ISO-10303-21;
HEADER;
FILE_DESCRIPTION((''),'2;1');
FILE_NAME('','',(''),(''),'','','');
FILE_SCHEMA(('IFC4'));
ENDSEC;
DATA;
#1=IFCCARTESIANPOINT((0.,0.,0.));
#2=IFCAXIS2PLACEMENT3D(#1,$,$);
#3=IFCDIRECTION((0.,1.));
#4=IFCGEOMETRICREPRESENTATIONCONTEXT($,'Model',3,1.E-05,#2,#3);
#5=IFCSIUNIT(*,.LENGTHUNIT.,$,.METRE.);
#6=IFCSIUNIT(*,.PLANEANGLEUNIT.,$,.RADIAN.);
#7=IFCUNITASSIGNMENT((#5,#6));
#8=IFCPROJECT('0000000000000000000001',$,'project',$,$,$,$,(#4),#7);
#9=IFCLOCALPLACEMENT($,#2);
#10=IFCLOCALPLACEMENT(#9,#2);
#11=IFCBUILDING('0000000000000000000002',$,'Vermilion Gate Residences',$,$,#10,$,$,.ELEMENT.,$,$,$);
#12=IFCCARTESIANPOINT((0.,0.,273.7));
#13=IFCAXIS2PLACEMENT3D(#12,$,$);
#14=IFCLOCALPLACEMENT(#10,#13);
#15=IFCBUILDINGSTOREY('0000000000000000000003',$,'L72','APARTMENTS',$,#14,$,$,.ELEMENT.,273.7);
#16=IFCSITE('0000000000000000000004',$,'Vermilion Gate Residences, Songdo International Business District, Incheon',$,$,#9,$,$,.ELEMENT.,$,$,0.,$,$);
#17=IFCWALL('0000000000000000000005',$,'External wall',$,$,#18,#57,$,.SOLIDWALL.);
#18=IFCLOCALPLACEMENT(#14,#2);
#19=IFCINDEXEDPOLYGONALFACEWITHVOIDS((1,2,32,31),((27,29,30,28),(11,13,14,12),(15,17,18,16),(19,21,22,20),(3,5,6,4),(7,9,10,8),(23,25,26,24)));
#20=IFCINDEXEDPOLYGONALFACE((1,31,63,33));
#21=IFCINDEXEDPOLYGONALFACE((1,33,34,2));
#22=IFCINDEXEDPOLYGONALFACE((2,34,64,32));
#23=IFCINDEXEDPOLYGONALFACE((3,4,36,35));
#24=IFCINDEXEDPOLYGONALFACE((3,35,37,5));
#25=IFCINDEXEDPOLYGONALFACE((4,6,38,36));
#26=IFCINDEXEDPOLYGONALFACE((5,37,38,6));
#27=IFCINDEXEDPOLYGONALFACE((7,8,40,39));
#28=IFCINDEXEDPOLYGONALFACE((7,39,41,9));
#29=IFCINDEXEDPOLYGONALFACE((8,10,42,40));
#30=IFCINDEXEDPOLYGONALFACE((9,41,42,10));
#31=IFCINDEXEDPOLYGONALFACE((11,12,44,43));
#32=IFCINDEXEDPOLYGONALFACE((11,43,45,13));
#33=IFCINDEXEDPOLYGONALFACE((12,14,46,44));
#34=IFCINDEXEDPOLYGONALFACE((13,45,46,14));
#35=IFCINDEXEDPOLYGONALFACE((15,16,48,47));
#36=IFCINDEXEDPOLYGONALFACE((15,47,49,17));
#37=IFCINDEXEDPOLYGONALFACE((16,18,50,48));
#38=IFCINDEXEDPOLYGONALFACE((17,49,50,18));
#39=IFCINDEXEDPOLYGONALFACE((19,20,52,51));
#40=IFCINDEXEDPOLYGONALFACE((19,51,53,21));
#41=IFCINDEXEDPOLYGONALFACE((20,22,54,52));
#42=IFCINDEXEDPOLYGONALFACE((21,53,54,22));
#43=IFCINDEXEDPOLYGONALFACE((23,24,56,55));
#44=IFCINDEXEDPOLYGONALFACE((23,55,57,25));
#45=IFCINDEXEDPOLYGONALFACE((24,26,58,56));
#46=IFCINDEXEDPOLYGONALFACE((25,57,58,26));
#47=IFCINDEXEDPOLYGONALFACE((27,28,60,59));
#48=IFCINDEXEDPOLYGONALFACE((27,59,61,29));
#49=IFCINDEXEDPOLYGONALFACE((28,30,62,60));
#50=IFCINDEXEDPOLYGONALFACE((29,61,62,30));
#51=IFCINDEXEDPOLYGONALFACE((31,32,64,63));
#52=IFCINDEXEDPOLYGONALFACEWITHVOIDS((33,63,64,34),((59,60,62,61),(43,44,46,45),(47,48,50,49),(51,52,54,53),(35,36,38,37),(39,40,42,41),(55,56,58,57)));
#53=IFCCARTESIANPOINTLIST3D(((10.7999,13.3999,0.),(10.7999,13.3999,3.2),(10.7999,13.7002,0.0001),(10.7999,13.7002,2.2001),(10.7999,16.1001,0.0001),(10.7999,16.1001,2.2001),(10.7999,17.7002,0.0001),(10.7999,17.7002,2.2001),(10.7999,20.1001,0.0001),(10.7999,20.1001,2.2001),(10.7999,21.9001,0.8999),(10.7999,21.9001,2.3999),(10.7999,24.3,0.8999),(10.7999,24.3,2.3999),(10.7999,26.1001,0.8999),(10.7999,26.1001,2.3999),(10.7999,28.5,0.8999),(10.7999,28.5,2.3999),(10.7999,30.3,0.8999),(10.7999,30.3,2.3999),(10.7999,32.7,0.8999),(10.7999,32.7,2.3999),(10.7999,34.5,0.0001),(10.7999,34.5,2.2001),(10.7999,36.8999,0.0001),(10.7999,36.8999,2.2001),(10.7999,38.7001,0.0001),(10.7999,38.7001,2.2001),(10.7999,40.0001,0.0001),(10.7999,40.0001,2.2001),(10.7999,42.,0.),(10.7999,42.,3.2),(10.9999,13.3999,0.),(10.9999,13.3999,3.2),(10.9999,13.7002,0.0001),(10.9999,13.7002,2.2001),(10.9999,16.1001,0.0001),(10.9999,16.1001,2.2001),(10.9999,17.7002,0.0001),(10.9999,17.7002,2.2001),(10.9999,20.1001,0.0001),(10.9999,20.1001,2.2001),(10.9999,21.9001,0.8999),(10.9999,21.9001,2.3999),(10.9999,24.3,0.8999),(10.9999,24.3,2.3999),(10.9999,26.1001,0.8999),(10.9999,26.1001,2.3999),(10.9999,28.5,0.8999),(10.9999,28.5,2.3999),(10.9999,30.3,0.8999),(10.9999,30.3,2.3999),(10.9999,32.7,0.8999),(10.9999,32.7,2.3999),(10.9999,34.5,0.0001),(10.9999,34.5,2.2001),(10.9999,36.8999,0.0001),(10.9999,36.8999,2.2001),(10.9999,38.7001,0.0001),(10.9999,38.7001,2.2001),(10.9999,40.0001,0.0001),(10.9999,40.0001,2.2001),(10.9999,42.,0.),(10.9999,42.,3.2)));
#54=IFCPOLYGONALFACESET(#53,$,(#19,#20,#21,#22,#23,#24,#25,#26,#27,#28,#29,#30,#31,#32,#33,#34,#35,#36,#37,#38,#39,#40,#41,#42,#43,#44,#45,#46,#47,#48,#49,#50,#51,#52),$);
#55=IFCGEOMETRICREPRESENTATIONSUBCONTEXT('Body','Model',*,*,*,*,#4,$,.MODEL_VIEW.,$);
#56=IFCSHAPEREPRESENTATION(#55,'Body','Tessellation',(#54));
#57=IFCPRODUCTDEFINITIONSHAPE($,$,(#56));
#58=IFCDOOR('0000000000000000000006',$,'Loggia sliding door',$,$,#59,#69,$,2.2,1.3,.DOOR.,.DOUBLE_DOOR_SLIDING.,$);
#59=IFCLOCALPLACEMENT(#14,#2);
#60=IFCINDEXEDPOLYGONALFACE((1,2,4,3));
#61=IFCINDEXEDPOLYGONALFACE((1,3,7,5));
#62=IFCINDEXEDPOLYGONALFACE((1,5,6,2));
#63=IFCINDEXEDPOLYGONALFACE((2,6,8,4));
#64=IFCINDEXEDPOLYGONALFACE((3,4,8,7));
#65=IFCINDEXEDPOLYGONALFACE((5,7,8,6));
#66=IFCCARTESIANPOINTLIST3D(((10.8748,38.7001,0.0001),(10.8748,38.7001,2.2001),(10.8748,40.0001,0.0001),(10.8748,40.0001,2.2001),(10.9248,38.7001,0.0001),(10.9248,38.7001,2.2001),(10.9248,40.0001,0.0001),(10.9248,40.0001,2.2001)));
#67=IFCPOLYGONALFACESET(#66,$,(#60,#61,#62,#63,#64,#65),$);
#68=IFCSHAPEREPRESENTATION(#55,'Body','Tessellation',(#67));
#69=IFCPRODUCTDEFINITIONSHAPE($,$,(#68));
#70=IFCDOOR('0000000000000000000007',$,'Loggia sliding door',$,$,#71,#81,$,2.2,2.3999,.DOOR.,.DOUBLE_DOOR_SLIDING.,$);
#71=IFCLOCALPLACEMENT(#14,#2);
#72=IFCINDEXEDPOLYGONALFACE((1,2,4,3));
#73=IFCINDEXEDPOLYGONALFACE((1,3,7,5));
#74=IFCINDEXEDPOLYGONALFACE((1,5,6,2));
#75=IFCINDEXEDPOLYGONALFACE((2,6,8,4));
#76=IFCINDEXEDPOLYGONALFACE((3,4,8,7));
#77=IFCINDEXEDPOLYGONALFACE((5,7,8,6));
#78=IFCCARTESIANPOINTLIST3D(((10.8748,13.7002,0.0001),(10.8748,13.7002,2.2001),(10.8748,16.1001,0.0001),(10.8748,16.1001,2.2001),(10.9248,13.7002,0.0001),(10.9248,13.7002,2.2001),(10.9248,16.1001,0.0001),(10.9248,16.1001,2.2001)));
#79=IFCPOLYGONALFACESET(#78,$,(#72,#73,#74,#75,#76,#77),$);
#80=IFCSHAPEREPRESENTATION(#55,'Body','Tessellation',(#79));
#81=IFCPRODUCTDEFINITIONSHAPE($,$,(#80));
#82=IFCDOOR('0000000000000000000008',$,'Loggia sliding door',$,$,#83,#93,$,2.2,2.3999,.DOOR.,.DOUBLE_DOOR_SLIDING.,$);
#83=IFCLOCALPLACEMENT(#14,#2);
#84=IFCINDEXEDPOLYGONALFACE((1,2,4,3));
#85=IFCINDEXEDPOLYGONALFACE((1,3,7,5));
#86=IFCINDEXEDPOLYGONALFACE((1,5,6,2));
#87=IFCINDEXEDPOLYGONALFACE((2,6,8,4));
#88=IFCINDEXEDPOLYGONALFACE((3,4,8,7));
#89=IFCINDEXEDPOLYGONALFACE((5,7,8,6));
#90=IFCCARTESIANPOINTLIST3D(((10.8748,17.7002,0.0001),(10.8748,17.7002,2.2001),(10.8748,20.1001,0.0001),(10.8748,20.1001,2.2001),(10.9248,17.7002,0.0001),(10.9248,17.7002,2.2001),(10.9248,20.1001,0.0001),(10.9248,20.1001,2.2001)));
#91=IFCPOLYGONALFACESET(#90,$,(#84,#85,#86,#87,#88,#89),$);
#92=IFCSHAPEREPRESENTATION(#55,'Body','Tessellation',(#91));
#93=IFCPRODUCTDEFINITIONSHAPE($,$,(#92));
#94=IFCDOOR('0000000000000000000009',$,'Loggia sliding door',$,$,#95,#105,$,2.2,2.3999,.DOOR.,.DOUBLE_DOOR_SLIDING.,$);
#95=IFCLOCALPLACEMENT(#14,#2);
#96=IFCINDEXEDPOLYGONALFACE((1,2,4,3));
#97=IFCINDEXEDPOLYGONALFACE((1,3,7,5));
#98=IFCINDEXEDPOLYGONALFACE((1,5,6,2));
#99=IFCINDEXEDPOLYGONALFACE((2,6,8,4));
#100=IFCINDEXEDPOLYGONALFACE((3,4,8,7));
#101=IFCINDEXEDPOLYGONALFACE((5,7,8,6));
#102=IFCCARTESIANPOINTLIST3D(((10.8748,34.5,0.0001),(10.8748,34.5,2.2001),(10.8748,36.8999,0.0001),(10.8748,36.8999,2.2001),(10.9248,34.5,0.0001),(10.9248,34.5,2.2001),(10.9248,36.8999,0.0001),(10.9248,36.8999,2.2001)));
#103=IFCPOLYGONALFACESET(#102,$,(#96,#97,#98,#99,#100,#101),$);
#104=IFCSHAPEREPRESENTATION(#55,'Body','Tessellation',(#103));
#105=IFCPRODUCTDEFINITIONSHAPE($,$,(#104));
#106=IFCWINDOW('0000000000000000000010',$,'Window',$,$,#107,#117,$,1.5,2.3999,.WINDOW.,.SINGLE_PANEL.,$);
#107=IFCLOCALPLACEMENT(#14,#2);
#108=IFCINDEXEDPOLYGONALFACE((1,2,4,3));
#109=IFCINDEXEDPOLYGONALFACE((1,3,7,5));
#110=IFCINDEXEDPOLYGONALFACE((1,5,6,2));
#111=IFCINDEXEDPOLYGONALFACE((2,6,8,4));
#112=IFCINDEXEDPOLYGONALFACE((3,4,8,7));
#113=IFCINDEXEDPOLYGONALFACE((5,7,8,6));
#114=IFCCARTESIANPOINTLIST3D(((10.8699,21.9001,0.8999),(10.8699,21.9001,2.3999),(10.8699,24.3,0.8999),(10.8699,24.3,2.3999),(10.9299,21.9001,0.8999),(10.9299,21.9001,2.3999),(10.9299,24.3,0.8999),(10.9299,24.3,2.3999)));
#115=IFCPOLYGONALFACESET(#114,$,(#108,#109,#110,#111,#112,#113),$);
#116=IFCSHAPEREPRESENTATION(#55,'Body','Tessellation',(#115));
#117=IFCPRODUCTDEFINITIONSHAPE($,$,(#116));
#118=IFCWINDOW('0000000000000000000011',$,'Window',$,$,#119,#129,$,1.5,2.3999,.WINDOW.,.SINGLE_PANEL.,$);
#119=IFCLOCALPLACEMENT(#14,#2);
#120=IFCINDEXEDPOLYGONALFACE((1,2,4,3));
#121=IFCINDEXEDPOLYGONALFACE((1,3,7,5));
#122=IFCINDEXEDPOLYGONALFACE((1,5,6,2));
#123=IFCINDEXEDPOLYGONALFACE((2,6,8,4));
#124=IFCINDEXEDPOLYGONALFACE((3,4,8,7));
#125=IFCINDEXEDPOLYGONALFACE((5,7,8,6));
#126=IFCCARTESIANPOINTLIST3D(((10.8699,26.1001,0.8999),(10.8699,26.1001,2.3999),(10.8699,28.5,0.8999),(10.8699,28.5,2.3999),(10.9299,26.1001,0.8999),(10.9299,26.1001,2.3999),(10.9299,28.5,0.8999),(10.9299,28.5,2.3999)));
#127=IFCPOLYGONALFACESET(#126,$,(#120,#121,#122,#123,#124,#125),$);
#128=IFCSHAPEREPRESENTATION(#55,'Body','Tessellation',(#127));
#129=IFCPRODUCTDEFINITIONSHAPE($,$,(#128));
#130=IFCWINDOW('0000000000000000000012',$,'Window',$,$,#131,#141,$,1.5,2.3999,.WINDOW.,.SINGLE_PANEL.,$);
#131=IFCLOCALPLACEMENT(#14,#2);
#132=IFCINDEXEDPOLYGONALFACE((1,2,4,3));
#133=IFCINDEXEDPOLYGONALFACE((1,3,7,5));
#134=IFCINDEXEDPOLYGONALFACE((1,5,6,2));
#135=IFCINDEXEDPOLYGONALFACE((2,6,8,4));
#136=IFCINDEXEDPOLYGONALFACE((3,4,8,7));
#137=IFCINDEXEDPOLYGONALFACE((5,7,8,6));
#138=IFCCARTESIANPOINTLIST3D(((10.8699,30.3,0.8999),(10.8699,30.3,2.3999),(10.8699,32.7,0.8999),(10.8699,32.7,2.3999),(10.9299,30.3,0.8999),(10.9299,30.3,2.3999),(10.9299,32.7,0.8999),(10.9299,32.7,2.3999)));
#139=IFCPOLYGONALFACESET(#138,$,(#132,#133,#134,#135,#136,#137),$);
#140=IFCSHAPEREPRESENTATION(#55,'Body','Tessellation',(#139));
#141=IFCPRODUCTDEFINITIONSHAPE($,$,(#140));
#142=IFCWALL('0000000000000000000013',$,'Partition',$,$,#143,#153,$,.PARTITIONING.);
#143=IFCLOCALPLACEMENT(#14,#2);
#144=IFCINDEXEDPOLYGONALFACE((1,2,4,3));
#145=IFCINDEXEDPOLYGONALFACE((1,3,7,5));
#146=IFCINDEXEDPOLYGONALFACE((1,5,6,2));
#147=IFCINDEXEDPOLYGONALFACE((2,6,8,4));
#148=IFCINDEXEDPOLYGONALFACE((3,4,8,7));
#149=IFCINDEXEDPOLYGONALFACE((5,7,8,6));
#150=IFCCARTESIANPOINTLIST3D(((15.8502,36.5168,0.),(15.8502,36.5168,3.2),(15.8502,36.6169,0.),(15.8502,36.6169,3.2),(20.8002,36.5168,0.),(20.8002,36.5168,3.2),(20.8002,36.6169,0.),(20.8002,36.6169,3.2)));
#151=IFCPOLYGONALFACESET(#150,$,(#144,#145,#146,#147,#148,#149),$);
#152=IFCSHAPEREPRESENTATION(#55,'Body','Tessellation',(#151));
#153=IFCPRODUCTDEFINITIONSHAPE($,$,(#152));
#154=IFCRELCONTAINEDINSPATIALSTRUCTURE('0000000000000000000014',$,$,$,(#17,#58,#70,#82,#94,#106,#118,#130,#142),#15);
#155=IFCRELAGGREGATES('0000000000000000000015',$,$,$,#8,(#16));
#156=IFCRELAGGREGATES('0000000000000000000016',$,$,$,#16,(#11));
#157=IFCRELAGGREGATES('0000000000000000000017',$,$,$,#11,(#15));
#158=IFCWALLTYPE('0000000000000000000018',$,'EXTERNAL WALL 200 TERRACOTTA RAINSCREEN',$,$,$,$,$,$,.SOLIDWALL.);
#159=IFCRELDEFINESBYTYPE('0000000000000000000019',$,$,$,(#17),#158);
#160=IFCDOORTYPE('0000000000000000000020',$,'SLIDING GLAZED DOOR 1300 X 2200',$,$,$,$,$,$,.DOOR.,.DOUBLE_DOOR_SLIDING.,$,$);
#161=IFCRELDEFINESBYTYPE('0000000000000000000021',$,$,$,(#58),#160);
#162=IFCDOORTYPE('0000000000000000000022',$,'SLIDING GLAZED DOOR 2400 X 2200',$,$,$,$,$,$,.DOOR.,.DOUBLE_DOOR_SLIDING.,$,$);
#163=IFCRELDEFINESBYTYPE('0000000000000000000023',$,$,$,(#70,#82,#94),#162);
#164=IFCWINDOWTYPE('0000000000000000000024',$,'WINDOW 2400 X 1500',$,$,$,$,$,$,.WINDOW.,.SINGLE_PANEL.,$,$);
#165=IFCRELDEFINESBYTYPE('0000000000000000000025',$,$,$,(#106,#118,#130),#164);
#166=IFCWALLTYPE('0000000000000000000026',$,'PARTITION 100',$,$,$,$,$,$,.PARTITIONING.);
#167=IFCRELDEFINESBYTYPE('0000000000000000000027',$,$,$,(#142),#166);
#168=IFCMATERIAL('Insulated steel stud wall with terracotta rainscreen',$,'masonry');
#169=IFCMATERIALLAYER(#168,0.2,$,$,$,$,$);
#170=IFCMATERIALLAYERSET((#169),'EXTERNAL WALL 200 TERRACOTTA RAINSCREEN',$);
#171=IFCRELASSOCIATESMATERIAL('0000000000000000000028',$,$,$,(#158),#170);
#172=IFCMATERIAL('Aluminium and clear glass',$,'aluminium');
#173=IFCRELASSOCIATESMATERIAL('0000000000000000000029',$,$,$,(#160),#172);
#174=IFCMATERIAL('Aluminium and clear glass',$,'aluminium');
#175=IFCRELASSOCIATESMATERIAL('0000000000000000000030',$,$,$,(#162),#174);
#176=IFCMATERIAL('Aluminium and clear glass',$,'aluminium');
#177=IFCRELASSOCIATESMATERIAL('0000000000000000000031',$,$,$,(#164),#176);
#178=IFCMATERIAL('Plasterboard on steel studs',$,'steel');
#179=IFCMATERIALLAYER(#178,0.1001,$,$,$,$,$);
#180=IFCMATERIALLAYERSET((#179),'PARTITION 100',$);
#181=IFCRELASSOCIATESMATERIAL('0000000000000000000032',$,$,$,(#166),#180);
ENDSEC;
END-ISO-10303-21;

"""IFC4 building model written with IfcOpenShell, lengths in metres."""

from ifc_helpers import new_model, si_unit, direction, frame, frame_2d, origin, place, context, subcontext, project, spatial, rectangle, extrude, material, layer, layer_set, type_object, element, fill, save


model = new_model("IFC4")

# Units and contexts
model_context = context("Model", 3, precision=1e-05, world=origin(), true_north=direction((0.0, 1.0)))
body_context = subcontext(model_context, "Body", "Model", "MODEL_VIEW")
ifc_project = project(units=[si_unit("LENGTHUNIT", "METRE"), si_unit("PLANEANGLEUNIT", "RADIAN")], contexts=[model_context])

# Site, building, storey
site_placement = place(None, origin())
site = spatial("IfcSite", under=ifc_project, at=site_placement, Name="Vermilion Gate Residences, Songdo International Business District, Incheon", CompositionType="ELEMENT", RefElevation=0.0)
building_placement = place(site_placement, origin())
building = spatial("IfcBuilding", under=site, at=building_placement, Name="Vermilion Gate Residences", CompositionType="ELEMENT")
storey_placement = place(building_placement, frame((0.0, 0.0, 273.7)))
storey = spatial("IfcBuildingStorey", under=building, at=storey_placement, Name="L72", Description="APARTMENTS", CompositionType="ELEMENT", Elevation=273.7)

# Wall, openings, doors, windows
ifc_material_1 = material(Name="Insulated steel stud wall with terracotta rainscreen", Category="masonry")
ifc_layer_1 = layer(ifc_material_1, 0.2)
ifc_layer_set_1 = layer_set([ifc_layer_1], Name="EXTERNAL WALL 200 TERRACOTTA RAINSCREEN")
wall_type_1 = type_object("IfcWallType", Name="EXTERNAL WALL 200 TERRACOTTA RAINSCREEN", PredefinedType="SOLIDWALL", material=ifc_layer_set_1)
wall_1_placement = place(storey_placement, frame((10.8999, 42.0, 0.0), z_axis=(0.0, 0.0, 1.0), x_axis=(0.0, -1.0, 0.0)))
wall_1 = element("IfcWall", 1, at=wall_1_placement, inside=storey, type_object=wall_type_1, Name="External wall", PredefinedType="SOLIDWALL", context=body_context, shape_type="SweptSolid", body=[
    extrude(rectangle(XDim=28.6001, YDim=0.2, at=frame_2d((14.3, 0.0))), origin(), (0.0, 0.0, 1.0), 3.2),
])
opening_1_placement = place(wall_1_placement, frame((25.8999, 0.0, 0.0)))
opening_1 = element("IfcOpeningElement", 2, at=opening_1_placement, cuts=wall_1, PredefinedType="OPENING", context=body_context, shape_type="SweptSolid", body=[
    extrude(rectangle(XDim=2.3999, YDim=2.2, at=frame_2d((1.2, 1.1001))), frame((0.0, 0.1099, 0.0), z_axis=(0.0, -1.0, 0.0), x_axis=(1.0, 0.0, 0.0)), (0.0, 0.0, 1.0), 0.22),
])
opening_2_placement = place(wall_1_placement, frame((21.8999, 0.0, 0.0)))
opening_2 = element("IfcOpeningElement", 3, at=opening_2_placement, cuts=wall_1, PredefinedType="OPENING", context=body_context, shape_type="SweptSolid", body=[
    extrude(rectangle(XDim=2.3999, YDim=2.2, at=frame_2d((1.2, 1.1001))), frame((0.0, 0.1099, 0.0), z_axis=(0.0, -1.0, 0.0), x_axis=(1.0, 0.0, 0.0)), (0.0, 0.0, 1.0), 0.22),
])
opening_3_placement = place(wall_1_placement, frame((17.7, 0.0, 0.8999)))
opening_3 = element("IfcOpeningElement", 4, at=opening_3_placement, cuts=wall_1, PredefinedType="OPENING", context=body_context, shape_type="SweptSolid", body=[
    extrude(rectangle(XDim=2.3999, YDim=1.5, at=frame_2d((1.2, 0.75))), frame((0.0, 0.1099, 0.0), z_axis=(0.0, -1.0, 0.0), x_axis=(1.0, 0.0, 0.0)), (0.0, 0.0, 1.0), 0.22),
])
opening_4_placement = place(wall_1_placement, frame((13.5, 0.0, 0.8999)))
opening_4 = element("IfcOpeningElement", 5, at=opening_4_placement, cuts=wall_1, PredefinedType="OPENING", context=body_context, shape_type="SweptSolid", body=[
    extrude(rectangle(XDim=2.3999, YDim=1.5, at=frame_2d((1.2, 0.75))), frame((0.0, 0.1099, 0.0), z_axis=(0.0, -1.0, 0.0), x_axis=(1.0, 0.0, 0.0)), (0.0, 0.0, 1.0), 0.22),
])
opening_5_placement = place(wall_1_placement, frame((9.3, 0.0, 0.8999)))
opening_5 = element("IfcOpeningElement", 6, at=opening_5_placement, cuts=wall_1, PredefinedType="OPENING", context=body_context, shape_type="SweptSolid", body=[
    extrude(rectangle(XDim=2.3999, YDim=1.5, at=frame_2d((1.2, 0.75))), frame((0.0, 0.1099, 0.0), z_axis=(0.0, -1.0, 0.0), x_axis=(1.0, 0.0, 0.0)), (0.0, 0.0, 1.0), 0.22),
])
opening_6_placement = place(wall_1_placement, frame((5.1001, 0.0, 0.0)))
opening_6 = element("IfcOpeningElement", 7, at=opening_6_placement, cuts=wall_1, PredefinedType="OPENING", context=body_context, shape_type="SweptSolid", body=[
    extrude(rectangle(XDim=2.3999, YDim=2.2, at=frame_2d((1.2, 1.1001))), frame((0.0, 0.1099, 0.0), z_axis=(0.0, -1.0, 0.0), x_axis=(1.0, 0.0, 0.0)), (0.0, 0.0, 1.0), 0.22),
])
opening_7_placement = place(wall_1_placement, frame((2.0, 0.0, 0.0)))
opening_7 = element("IfcOpeningElement", 8, at=opening_7_placement, cuts=wall_1, PredefinedType="OPENING", context=body_context, shape_type="SweptSolid", body=[
    extrude(rectangle(XDim=1.3, YDim=2.2, at=frame_2d((0.6499, 1.1001))), frame((0.0, 0.1099, 0.0), z_axis=(0.0, -1.0, 0.0), x_axis=(1.0, 0.0, 0.0)), (0.0, 0.0, 1.0), 0.22),
])
ifc_material_2 = material(Name="Aluminium and clear glass", Category="aluminium")
door_type_1 = type_object("IfcDoorType", Name="SLIDING GLAZED DOOR 1300 X 2200", OperationType="DOUBLE_DOOR_SLIDING", PredefinedType="DOOR", material=ifc_material_2)
door_1_placement = place(opening_7_placement, origin())
door_1 = element("IfcDoor", 9, at=door_1_placement, inside=storey, type_object=door_type_1, Name="Loggia sliding door", OperationType="DOUBLE_DOOR_SLIDING", OverallHeight=2.2, OverallWidth=1.3, PredefinedType="DOOR", context=body_context, shape_type="SweptSolid", body=[
    extrude(rectangle(XDim=1.3, YDim=2.2, at=frame_2d((0.6499, 1.1001))), frame((0.0, 0.0249, 0.0), z_axis=(0.0, -1.0, 0.0), x_axis=(1.0, 0.0, 0.0)), (0.0, 0.0, 1.0), 0.05),
])
fill(opening_7, door_1)
ifc_material_3 = material(Name="Aluminium and clear glass", Category="aluminium")
door_type_2 = type_object("IfcDoorType", Name="SLIDING GLAZED DOOR 2400 X 2200", OperationType="DOUBLE_DOOR_SLIDING", PredefinedType="DOOR", material=ifc_material_3)
door_2_placement = place(opening_1_placement, origin())
door_2 = element("IfcDoor", 10, at=door_2_placement, inside=storey, type_object=door_type_2, Name="Loggia sliding door", OperationType="DOUBLE_DOOR_SLIDING", OverallHeight=2.2, OverallWidth=2.3999, PredefinedType="DOOR", context=body_context, shape_type="SweptSolid", body=[
    extrude(rectangle(XDim=2.3999, YDim=2.2, at=frame_2d((1.2, 1.1001))), frame((0.0, 0.0249, 0.0), z_axis=(0.0, -1.0, 0.0), x_axis=(1.0, 0.0, 0.0)), (0.0, 0.0, 1.0), 0.05),
])
fill(opening_1, door_2)
door_3_placement = place(opening_2_placement, origin())
door_3 = element("IfcDoor", 11, at=door_3_placement, inside=storey, type_object=door_type_2, Name="Loggia sliding door", OperationType="DOUBLE_DOOR_SLIDING", OverallHeight=2.2, OverallWidth=2.3999, PredefinedType="DOOR", context=body_context, shape_type="SweptSolid", body=[
    extrude(rectangle(XDim=2.3999, YDim=2.2, at=frame_2d((1.2, 1.1001))), frame((0.0, 0.0249, 0.0), z_axis=(0.0, -1.0, 0.0), x_axis=(1.0, 0.0, 0.0)), (0.0, 0.0, 1.0), 0.05),
])
fill(opening_2, door_3)
door_4_placement = place(opening_6_placement, origin())
door_4 = element("IfcDoor", 12, at=door_4_placement, inside=storey, type_object=door_type_2, Name="Loggia sliding door", OperationType="DOUBLE_DOOR_SLIDING", OverallHeight=2.2, OverallWidth=2.3999, PredefinedType="DOOR", context=body_context, shape_type="SweptSolid", body=[
    extrude(rectangle(XDim=2.3999, YDim=2.2, at=frame_2d((1.2, 1.1001))), frame((0.0, 0.0249, 0.0), z_axis=(0.0, -1.0, 0.0), x_axis=(1.0, 0.0, 0.0)), (0.0, 0.0, 1.0), 0.05),
])
fill(opening_6, door_4)
ifc_material_4 = material(Name="Aluminium and clear glass", Category="aluminium")
window_type = type_object("IfcWindowType", Name="WINDOW 2400 X 1500", PartitioningType="SINGLE_PANEL", PredefinedType="WINDOW", material=ifc_material_4)
window_1_placement = place(opening_3_placement, origin())
window_1 = element("IfcWindow", 13, at=window_1_placement, inside=storey, type_object=window_type, Name="Window", OverallHeight=1.5, OverallWidth=2.3999, PartitioningType="SINGLE_PANEL", PredefinedType="WINDOW", context=body_context, shape_type="SweptSolid", body=[
    extrude(rectangle(XDim=2.3999, YDim=1.5, at=frame_2d((1.2, 0.75))), frame((0.0, 0.03, 0.0), z_axis=(0.0, -1.0, 0.0), x_axis=(1.0, 0.0, 0.0)), (0.0, 0.0, 1.0), 0.0601),
])
fill(opening_3, window_1)
window_2_placement = place(opening_4_placement, origin())
window_2 = element("IfcWindow", 14, at=window_2_placement, inside=storey, type_object=window_type, Name="Window", OverallHeight=1.5, OverallWidth=2.3999, PartitioningType="SINGLE_PANEL", PredefinedType="WINDOW", context=body_context, shape_type="SweptSolid", body=[
    extrude(rectangle(XDim=2.3999, YDim=1.5, at=frame_2d((1.2, 0.75))), frame((0.0, 0.03, 0.0), z_axis=(0.0, -1.0, 0.0), x_axis=(1.0, 0.0, 0.0)), (0.0, 0.0, 1.0), 0.0601),
])
fill(opening_4, window_2)
window_3_placement = place(opening_5_placement, origin())
window_3 = element("IfcWindow", 15, at=window_3_placement, inside=storey, type_object=window_type, Name="Window", OverallHeight=1.5, OverallWidth=2.3999, PartitioningType="SINGLE_PANEL", PredefinedType="WINDOW", context=body_context, shape_type="SweptSolid", body=[
    extrude(rectangle(XDim=2.3999, YDim=1.5, at=frame_2d((1.2, 0.75))), frame((0.0, 0.03, 0.0), z_axis=(0.0, -1.0, 0.0), x_axis=(1.0, 0.0, 0.0)), (0.0, 0.0, 1.0), 0.0601),
])
fill(opening_5, window_3)

# Wall
ifc_material_5 = material(Name="Plasterboard on steel studs", Category="steel")
ifc_layer_2 = layer(ifc_material_5, 0.1001)
ifc_layer_set_2 = layer_set([ifc_layer_2], Name="PARTITION 100")
wall_type_2 = type_object("IfcWallType", Name="PARTITION 100", PredefinedType="PARTITIONING", material=ifc_layer_set_2)
wall_2_placement = place(storey_placement, frame((15.8501, 36.5669, 0.0), z_axis=(0.0, 0.0, 1.0), x_axis=(1.0, 0.0, 0.0)))
element("IfcWall", 16, at=wall_2_placement, inside=storey, type_object=wall_type_2, Name="Partition", PredefinedType="PARTITIONING", context=body_context, shape_type="SweptSolid", body=[
    extrude(rectangle(XDim=4.95, YDim=0.1001, at=frame_2d((2.4751, 0.0))), origin(), (0.0, 0.0, 1.0), 3.2),
])

save(model, "model.ifc")
